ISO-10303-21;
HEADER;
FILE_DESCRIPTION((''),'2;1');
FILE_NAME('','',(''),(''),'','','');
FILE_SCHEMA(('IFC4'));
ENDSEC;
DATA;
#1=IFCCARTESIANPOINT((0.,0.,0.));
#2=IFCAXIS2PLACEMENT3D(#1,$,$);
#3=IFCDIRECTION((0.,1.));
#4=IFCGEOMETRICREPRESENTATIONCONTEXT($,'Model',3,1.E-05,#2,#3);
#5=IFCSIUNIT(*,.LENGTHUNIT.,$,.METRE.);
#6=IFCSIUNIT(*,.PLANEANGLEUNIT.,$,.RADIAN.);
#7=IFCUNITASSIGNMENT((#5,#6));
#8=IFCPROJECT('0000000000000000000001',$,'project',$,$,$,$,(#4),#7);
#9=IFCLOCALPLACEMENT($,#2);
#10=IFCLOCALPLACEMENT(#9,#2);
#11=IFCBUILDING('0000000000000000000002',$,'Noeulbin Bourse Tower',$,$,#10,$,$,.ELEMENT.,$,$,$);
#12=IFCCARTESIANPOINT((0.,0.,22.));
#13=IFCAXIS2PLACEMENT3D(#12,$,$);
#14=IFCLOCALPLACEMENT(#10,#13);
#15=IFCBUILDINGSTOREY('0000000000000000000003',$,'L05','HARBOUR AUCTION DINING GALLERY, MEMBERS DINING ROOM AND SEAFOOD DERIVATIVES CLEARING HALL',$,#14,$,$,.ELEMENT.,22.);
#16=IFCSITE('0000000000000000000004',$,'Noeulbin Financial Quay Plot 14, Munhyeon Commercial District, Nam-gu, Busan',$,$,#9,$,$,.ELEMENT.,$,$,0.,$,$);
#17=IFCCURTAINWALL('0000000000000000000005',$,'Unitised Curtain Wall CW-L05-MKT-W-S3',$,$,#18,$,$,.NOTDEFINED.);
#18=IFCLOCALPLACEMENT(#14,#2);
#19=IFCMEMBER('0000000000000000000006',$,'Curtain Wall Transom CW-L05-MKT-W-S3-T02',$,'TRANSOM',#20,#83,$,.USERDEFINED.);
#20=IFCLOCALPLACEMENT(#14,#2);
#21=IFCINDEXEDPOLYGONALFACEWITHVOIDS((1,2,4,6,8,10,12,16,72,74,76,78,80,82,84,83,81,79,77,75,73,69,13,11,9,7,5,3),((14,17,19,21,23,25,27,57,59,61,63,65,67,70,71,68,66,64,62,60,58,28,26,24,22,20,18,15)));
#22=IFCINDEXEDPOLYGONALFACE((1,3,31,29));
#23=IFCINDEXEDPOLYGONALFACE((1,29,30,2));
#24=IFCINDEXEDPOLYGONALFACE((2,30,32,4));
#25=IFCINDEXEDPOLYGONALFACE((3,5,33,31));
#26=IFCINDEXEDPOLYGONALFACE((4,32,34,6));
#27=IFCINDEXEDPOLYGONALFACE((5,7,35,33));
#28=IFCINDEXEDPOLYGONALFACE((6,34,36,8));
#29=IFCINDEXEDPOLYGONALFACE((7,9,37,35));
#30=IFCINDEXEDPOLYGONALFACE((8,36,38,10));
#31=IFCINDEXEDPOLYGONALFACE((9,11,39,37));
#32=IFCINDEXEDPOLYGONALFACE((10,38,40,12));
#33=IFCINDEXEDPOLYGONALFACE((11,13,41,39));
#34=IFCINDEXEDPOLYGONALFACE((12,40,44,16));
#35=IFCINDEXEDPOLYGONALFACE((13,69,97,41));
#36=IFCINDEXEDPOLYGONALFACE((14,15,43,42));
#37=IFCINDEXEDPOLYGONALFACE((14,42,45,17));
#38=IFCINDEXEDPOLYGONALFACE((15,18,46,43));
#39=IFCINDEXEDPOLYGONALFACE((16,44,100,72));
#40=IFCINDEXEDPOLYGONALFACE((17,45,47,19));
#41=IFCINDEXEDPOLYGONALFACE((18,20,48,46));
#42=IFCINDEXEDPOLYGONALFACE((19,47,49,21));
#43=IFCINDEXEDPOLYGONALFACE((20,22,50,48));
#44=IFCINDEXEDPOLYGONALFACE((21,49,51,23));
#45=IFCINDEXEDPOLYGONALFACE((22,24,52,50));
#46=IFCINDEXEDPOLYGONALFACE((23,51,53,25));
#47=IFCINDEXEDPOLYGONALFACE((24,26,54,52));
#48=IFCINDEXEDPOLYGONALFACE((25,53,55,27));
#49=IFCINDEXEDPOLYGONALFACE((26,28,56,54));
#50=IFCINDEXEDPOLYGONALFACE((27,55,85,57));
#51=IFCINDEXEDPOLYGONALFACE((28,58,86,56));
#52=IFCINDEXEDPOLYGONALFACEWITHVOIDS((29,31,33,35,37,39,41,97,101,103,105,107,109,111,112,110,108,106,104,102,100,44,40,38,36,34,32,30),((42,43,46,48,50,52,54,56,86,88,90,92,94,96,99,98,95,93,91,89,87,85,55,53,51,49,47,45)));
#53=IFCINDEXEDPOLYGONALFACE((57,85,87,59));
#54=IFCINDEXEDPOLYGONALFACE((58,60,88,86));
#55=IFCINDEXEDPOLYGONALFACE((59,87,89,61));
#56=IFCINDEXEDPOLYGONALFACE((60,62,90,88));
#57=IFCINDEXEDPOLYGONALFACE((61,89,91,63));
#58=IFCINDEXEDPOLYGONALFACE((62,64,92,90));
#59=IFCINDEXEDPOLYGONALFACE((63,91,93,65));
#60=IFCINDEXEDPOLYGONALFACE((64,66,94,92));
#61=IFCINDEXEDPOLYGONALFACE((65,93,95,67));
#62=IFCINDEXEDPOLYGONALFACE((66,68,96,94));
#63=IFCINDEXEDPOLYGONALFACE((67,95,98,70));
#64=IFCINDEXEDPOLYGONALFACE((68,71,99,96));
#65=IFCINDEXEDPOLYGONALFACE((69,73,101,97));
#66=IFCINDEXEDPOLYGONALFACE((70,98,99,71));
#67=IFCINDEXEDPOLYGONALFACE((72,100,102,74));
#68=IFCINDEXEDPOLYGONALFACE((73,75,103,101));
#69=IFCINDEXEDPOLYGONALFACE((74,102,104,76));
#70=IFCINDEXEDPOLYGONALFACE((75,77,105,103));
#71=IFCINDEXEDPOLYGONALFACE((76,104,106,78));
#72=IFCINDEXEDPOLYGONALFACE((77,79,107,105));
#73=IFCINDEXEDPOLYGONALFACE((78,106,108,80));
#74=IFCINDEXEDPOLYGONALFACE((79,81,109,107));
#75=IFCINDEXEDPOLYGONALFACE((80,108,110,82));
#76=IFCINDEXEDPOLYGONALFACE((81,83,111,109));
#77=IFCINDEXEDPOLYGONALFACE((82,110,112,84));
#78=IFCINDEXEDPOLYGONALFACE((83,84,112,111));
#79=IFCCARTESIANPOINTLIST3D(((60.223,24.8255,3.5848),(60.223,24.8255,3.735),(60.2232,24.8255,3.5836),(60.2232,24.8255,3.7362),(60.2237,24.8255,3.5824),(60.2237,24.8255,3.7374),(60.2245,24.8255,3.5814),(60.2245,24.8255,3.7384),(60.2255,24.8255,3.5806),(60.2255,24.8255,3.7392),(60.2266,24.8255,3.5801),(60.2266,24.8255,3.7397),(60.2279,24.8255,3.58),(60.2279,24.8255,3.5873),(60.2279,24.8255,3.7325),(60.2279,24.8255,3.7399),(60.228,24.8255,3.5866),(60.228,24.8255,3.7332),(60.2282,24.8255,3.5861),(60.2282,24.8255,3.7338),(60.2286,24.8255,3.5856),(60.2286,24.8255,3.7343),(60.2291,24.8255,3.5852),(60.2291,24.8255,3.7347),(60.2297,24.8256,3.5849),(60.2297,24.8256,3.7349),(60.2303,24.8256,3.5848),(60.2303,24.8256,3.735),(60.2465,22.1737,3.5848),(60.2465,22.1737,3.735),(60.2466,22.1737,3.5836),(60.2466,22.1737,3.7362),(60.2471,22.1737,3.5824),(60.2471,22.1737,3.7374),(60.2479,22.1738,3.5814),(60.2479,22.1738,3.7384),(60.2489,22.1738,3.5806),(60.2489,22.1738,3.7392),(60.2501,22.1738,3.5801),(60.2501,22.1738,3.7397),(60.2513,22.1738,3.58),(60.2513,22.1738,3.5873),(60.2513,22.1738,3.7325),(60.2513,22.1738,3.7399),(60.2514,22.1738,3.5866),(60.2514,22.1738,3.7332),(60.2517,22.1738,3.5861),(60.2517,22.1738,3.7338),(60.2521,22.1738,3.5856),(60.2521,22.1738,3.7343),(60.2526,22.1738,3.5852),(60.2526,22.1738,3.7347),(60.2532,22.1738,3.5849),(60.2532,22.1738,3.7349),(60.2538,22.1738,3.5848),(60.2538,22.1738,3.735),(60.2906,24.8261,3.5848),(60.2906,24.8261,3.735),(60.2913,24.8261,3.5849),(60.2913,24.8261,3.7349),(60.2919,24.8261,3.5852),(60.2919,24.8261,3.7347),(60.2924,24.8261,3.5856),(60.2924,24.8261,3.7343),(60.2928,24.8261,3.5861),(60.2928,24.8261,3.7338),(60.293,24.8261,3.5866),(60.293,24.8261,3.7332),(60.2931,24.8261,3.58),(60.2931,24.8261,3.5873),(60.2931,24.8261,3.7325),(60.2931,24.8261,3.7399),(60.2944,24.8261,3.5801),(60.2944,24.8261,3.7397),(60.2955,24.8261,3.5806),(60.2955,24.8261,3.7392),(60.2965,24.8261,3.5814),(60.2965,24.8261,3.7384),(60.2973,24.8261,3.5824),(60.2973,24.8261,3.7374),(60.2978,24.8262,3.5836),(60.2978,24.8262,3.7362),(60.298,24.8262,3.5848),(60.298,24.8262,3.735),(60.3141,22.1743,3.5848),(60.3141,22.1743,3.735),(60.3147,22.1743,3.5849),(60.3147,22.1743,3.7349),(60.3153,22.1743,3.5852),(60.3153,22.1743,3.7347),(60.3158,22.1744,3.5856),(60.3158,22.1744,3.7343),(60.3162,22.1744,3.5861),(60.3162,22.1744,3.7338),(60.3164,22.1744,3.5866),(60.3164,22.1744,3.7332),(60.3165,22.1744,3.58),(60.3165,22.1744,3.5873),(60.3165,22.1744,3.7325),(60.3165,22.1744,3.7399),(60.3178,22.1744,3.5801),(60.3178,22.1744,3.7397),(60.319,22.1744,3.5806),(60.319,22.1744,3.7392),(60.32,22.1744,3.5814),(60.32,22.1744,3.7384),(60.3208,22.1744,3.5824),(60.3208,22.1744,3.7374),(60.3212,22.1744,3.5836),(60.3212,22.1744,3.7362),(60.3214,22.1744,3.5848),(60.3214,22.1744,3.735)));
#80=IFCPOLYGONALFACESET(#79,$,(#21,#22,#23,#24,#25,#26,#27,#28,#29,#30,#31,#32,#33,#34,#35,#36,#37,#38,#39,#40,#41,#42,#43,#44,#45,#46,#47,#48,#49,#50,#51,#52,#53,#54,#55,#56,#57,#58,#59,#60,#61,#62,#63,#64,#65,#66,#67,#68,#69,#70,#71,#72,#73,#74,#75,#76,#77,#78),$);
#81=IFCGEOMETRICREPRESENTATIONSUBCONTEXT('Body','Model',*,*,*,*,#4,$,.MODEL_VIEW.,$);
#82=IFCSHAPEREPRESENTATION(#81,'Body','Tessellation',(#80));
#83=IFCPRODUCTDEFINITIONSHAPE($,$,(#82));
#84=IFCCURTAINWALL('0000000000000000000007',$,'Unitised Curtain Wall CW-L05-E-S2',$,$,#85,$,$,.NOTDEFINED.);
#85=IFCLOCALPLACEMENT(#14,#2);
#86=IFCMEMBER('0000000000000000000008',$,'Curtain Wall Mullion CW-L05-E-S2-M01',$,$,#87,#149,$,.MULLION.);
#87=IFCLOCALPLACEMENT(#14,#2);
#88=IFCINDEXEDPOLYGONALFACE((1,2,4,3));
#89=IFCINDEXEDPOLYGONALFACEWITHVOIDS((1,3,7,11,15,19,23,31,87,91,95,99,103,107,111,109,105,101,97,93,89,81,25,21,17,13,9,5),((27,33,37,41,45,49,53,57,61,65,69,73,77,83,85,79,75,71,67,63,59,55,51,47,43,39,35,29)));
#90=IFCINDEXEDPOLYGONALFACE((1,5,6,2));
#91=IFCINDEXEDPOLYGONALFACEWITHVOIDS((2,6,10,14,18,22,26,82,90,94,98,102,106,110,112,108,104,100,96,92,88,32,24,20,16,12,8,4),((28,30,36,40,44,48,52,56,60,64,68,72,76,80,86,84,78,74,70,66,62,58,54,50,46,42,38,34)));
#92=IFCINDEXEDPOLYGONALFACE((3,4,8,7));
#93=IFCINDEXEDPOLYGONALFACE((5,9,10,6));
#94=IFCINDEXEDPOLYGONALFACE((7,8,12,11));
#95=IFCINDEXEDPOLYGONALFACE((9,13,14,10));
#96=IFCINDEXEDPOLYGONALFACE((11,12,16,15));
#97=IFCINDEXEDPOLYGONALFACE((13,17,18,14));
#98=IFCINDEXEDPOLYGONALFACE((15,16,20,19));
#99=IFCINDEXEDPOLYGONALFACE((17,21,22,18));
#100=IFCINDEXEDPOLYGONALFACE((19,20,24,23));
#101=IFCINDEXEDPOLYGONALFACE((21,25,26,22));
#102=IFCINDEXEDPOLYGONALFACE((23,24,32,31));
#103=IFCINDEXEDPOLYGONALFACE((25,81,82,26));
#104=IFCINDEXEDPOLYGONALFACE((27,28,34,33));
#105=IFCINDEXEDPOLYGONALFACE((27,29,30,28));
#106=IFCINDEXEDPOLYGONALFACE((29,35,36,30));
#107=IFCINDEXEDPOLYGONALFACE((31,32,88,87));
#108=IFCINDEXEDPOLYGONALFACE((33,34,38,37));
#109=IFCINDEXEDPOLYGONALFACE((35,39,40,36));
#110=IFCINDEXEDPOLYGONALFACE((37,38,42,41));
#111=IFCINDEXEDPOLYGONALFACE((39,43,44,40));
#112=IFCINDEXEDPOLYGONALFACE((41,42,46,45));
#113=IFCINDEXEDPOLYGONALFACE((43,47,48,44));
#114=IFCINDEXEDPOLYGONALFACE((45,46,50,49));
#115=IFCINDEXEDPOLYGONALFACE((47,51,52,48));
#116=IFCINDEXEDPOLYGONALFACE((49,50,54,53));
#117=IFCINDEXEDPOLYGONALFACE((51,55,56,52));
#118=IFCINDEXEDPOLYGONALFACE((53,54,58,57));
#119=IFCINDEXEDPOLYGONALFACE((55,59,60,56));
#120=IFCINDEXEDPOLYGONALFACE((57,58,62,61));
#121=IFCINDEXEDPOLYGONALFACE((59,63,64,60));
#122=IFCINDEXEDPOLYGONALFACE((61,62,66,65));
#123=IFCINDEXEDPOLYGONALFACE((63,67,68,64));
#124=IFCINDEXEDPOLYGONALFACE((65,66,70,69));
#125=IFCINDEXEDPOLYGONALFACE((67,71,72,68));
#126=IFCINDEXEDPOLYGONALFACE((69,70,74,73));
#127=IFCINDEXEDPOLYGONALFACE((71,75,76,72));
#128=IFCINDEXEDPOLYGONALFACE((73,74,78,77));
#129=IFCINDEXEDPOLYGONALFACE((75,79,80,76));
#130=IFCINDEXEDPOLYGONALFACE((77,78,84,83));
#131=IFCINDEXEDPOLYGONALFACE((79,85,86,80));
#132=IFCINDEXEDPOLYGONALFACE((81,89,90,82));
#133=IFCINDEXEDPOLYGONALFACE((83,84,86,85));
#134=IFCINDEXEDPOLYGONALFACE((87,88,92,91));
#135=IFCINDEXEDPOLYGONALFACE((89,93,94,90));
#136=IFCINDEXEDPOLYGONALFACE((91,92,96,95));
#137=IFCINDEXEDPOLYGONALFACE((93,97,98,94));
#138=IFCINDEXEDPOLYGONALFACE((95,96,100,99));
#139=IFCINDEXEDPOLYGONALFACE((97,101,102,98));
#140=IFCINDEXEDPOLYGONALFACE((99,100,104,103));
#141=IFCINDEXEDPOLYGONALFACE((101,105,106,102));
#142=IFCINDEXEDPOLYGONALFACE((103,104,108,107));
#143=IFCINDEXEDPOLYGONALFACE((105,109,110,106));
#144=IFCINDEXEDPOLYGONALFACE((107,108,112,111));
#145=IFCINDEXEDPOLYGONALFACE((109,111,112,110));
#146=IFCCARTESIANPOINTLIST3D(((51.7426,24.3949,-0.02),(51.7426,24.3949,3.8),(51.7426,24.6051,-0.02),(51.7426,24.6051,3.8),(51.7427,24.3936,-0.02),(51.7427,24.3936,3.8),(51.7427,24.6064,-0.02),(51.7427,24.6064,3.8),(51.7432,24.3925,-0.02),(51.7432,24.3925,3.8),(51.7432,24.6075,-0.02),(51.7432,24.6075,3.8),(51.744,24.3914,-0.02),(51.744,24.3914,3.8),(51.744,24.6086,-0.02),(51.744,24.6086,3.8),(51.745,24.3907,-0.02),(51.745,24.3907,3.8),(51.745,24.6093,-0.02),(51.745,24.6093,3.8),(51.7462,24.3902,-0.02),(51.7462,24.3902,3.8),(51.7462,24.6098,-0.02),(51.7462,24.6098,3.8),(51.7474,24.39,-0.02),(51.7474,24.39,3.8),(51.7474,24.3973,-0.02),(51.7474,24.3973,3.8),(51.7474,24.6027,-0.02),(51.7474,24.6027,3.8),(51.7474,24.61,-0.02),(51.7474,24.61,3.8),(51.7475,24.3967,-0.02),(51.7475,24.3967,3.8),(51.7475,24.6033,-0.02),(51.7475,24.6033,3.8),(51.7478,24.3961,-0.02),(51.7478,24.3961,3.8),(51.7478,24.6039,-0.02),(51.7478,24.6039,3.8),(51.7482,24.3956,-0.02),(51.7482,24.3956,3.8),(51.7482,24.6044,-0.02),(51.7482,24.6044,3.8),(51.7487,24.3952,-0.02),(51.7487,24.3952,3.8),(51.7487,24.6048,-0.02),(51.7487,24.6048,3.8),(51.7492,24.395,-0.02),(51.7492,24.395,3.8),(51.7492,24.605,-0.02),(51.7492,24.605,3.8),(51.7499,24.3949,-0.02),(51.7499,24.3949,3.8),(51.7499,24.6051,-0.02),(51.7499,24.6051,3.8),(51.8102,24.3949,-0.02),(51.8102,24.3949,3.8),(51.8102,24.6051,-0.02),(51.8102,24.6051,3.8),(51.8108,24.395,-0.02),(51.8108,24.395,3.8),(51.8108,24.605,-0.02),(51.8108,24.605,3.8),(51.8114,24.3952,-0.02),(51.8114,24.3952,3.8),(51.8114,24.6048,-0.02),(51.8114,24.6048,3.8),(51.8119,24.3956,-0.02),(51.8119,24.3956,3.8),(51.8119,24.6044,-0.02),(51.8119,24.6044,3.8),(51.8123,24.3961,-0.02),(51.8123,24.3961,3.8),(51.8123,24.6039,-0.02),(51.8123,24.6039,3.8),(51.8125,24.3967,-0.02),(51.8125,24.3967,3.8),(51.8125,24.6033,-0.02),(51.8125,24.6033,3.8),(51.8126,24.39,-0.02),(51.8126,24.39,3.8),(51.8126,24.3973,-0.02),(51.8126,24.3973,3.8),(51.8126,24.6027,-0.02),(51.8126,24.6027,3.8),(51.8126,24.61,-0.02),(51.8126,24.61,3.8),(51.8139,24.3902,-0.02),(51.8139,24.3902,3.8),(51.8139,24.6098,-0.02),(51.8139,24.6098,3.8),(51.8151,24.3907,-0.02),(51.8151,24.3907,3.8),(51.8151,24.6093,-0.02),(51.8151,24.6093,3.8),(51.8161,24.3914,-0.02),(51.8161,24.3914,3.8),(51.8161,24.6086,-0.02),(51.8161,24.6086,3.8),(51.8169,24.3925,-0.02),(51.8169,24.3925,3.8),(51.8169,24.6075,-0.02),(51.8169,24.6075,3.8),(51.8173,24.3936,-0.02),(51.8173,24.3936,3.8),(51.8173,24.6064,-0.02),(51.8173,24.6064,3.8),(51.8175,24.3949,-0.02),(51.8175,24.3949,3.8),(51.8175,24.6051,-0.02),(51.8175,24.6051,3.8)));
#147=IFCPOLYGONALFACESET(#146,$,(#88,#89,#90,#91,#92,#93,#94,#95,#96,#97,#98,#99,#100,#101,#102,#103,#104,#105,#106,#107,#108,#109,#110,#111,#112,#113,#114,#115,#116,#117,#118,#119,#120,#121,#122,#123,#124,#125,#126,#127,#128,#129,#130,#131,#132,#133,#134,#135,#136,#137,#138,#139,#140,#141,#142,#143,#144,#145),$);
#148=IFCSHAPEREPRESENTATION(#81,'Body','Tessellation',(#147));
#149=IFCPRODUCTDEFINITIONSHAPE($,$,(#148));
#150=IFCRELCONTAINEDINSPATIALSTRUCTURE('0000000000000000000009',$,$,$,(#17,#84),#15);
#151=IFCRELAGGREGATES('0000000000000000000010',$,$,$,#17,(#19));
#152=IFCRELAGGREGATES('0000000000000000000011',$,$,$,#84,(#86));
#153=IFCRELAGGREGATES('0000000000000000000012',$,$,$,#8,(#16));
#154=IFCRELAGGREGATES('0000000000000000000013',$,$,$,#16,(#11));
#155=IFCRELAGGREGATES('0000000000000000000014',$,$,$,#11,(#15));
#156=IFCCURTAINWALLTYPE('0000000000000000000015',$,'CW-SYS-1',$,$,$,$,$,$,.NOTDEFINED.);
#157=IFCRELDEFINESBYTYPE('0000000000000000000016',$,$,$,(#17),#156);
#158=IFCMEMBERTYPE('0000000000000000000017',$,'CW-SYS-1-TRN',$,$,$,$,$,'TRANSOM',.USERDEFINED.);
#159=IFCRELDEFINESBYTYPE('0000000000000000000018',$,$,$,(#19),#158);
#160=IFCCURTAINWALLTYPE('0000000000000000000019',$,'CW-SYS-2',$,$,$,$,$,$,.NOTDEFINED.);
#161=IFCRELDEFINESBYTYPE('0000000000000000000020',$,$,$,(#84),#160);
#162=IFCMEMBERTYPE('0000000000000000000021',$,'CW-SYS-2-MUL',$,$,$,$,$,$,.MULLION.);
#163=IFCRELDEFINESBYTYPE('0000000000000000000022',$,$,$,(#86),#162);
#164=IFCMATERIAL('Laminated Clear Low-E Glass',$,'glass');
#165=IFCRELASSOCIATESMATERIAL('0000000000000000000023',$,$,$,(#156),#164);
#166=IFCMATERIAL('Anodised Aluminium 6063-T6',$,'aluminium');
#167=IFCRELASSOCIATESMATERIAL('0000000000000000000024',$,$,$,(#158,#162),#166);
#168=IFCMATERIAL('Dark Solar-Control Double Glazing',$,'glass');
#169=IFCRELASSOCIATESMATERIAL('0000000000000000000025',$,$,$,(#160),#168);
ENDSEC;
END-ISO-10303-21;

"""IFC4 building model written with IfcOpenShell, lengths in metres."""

from ifc_helpers import new_model, si_unit, direction, frame, origin, origin_2d, place, context, subcontext, project, spatial, hollow_rectangle, extrude, material, material_profile, profile_set, type_object, element, aggregate, save


model = new_model("IFC4")

# Units and contexts
model_context = context("Model", 3, precision=1e-05, world=origin(), true_north=direction((0.0, 1.0)))
body_context = subcontext(model_context, "Body", "Model", "MODEL_VIEW")
ifc_project = project(units=[si_unit("LENGTHUNIT", "METRE"), si_unit("PLANEANGLEUNIT", "RADIAN")], contexts=[model_context])

# Site, building, storey
site_placement = place(None, origin())
site = spatial("IfcSite", under=ifc_project, at=site_placement, Name="Noeulbin Financial Quay Plot 14, Munhyeon Commercial District, Nam-gu, Busan", CompositionType="ELEMENT", RefElevation=0.0)
building_placement = place(site_placement, origin())
building = spatial("IfcBuilding", under=site, at=building_placement, Name="Noeulbin Bourse Tower", CompositionType="ELEMENT")
storey_placement = place(building_placement, frame((0.0, 0.0, 22.0)))
storey = spatial("IfcBuildingStorey", under=building, at=storey_placement, Name="L05", Description="HARBOUR AUCTION DINING GALLERY, MEMBERS DINING ROOM AND SEAFOOD DERIVATIVES CLEARING HALL", CompositionType="ELEMENT", Elevation=22.0)

# Shared definitions
ifc_material_1 = material(Name="Laminated Clear Low-E Glass", Category="glass")
curtain_wall_type_1 = type_object("IfcCurtainWallType", Name="CW-SYS-1", PredefinedType="NOTDEFINED", material=ifc_material_1)
ifc_material_2 = material(Name="Anodised Aluminium 6063-T6", Category="aluminium")

# Curtain wall
curtain_wall_1_placement = place(storey_placement, origin())
curtain_wall_1 = element("IfcCurtainWall", 1, at=curtain_wall_1_placement, inside=storey, type_object=curtain_wall_type_1, Name="Unitised Curtain Wall CW-L05-MKT-W-S3", PredefinedType="NOTDEFINED")

# Member
ifc_material_profile_1 = material_profile(ifc_material_2, hollow_rectangle(XDim=0.075, YDim=0.1599, WallThickness=0.0049, InnerFilletRadius=0.0024, OuterFilletRadius=0.0049, at=origin_2d()), Name="ALU-TRAN-75x160x5", Category="LoadBearing")
ifc_profile_set_1 = profile_set([ifc_material_profile_1], Name="Anodised Aluminium 6063-T6")
member_type_1 = type_object("IfcMemberType", Name="CW-SYS-1-TRN", ElementType="TRANSOM", PredefinedType="USERDEFINED", material=ifc_profile_set_1)
member_1_placement = place(storey_placement, frame((60.2839, 22.1741, 3.6599), z_axis=(-0.008838, 0.999961, 0.0), x_axis=(-0.999961, -0.008838, 0.0)))
member_1 = element("IfcMember", 2, at=member_1_placement, type_object=member_type_1, Name="Curtain Wall Transom CW-L05-MKT-W-S3-T02", ObjectType="TRANSOM", PredefinedType="USERDEFINED", context=body_context, shape_type="SweptSolid", body=[
    extrude(hollow_rectangle(XDim=0.075, YDim=0.1599, WallThickness=0.0049, InnerFilletRadius=0.0024, OuterFilletRadius=0.0049, at=origin_2d()), origin(), (0.0, 0.0, 1.0), 2.6519),
])

# Curtain wall, member
ifc_material_3 = material(Name="Dark Solar-Control Double Glazing", Category="glass")
curtain_wall_type_2 = type_object("IfcCurtainWallType", Name="CW-SYS-2", PredefinedType="NOTDEFINED", material=ifc_material_3)
curtain_wall_2_placement = place(storey_placement, origin())
curtain_wall_2 = element("IfcCurtainWall", 3, at=curtain_wall_2_placement, inside=storey, type_object=curtain_wall_type_2, Name="Unitised Curtain Wall CW-L05-E-S2", PredefinedType="NOTDEFINED")
ifc_material_profile_2 = material_profile(ifc_material_2, hollow_rectangle(XDim=0.075, YDim=0.22, WallThickness=0.0049, InnerFilletRadius=0.0024, OuterFilletRadius=0.0049, at=origin_2d()), Name="ALU-MULL-75x220x5", Category="LoadBearing")
ifc_profile_set_2 = profile_set([ifc_material_profile_2], Name="Anodised Aluminium 6063-T6")
member_type_2 = type_object("IfcMemberType", Name="CW-SYS-2-MUL", PredefinedType="MULLION", material=ifc_profile_set_2)
member_2_placement = place(storey_placement, frame((51.78, 24.5, -0.02), z_axis=(0.0, 0.0, 1.0), x_axis=(1.0, 0.0, 0.0)))
member_2 = element("IfcMember", 4, at=member_2_placement, type_object=member_type_2, Name="Curtain Wall Mullion CW-L05-E-S2-M01", PredefinedType="MULLION", context=body_context, shape_type="SweptSolid", body=[
    extrude(hollow_rectangle(XDim=0.075, YDim=0.22, WallThickness=0.0049, InnerFilletRadius=0.0024, OuterFilletRadius=0.0049, at=origin_2d()), origin(), (0.0, 0.0, 1.0), 3.8201),
])

aggregate(curtain_wall_1, [member_1])
aggregate(curtain_wall_2, [member_2])

save(model, "model.ifc")
